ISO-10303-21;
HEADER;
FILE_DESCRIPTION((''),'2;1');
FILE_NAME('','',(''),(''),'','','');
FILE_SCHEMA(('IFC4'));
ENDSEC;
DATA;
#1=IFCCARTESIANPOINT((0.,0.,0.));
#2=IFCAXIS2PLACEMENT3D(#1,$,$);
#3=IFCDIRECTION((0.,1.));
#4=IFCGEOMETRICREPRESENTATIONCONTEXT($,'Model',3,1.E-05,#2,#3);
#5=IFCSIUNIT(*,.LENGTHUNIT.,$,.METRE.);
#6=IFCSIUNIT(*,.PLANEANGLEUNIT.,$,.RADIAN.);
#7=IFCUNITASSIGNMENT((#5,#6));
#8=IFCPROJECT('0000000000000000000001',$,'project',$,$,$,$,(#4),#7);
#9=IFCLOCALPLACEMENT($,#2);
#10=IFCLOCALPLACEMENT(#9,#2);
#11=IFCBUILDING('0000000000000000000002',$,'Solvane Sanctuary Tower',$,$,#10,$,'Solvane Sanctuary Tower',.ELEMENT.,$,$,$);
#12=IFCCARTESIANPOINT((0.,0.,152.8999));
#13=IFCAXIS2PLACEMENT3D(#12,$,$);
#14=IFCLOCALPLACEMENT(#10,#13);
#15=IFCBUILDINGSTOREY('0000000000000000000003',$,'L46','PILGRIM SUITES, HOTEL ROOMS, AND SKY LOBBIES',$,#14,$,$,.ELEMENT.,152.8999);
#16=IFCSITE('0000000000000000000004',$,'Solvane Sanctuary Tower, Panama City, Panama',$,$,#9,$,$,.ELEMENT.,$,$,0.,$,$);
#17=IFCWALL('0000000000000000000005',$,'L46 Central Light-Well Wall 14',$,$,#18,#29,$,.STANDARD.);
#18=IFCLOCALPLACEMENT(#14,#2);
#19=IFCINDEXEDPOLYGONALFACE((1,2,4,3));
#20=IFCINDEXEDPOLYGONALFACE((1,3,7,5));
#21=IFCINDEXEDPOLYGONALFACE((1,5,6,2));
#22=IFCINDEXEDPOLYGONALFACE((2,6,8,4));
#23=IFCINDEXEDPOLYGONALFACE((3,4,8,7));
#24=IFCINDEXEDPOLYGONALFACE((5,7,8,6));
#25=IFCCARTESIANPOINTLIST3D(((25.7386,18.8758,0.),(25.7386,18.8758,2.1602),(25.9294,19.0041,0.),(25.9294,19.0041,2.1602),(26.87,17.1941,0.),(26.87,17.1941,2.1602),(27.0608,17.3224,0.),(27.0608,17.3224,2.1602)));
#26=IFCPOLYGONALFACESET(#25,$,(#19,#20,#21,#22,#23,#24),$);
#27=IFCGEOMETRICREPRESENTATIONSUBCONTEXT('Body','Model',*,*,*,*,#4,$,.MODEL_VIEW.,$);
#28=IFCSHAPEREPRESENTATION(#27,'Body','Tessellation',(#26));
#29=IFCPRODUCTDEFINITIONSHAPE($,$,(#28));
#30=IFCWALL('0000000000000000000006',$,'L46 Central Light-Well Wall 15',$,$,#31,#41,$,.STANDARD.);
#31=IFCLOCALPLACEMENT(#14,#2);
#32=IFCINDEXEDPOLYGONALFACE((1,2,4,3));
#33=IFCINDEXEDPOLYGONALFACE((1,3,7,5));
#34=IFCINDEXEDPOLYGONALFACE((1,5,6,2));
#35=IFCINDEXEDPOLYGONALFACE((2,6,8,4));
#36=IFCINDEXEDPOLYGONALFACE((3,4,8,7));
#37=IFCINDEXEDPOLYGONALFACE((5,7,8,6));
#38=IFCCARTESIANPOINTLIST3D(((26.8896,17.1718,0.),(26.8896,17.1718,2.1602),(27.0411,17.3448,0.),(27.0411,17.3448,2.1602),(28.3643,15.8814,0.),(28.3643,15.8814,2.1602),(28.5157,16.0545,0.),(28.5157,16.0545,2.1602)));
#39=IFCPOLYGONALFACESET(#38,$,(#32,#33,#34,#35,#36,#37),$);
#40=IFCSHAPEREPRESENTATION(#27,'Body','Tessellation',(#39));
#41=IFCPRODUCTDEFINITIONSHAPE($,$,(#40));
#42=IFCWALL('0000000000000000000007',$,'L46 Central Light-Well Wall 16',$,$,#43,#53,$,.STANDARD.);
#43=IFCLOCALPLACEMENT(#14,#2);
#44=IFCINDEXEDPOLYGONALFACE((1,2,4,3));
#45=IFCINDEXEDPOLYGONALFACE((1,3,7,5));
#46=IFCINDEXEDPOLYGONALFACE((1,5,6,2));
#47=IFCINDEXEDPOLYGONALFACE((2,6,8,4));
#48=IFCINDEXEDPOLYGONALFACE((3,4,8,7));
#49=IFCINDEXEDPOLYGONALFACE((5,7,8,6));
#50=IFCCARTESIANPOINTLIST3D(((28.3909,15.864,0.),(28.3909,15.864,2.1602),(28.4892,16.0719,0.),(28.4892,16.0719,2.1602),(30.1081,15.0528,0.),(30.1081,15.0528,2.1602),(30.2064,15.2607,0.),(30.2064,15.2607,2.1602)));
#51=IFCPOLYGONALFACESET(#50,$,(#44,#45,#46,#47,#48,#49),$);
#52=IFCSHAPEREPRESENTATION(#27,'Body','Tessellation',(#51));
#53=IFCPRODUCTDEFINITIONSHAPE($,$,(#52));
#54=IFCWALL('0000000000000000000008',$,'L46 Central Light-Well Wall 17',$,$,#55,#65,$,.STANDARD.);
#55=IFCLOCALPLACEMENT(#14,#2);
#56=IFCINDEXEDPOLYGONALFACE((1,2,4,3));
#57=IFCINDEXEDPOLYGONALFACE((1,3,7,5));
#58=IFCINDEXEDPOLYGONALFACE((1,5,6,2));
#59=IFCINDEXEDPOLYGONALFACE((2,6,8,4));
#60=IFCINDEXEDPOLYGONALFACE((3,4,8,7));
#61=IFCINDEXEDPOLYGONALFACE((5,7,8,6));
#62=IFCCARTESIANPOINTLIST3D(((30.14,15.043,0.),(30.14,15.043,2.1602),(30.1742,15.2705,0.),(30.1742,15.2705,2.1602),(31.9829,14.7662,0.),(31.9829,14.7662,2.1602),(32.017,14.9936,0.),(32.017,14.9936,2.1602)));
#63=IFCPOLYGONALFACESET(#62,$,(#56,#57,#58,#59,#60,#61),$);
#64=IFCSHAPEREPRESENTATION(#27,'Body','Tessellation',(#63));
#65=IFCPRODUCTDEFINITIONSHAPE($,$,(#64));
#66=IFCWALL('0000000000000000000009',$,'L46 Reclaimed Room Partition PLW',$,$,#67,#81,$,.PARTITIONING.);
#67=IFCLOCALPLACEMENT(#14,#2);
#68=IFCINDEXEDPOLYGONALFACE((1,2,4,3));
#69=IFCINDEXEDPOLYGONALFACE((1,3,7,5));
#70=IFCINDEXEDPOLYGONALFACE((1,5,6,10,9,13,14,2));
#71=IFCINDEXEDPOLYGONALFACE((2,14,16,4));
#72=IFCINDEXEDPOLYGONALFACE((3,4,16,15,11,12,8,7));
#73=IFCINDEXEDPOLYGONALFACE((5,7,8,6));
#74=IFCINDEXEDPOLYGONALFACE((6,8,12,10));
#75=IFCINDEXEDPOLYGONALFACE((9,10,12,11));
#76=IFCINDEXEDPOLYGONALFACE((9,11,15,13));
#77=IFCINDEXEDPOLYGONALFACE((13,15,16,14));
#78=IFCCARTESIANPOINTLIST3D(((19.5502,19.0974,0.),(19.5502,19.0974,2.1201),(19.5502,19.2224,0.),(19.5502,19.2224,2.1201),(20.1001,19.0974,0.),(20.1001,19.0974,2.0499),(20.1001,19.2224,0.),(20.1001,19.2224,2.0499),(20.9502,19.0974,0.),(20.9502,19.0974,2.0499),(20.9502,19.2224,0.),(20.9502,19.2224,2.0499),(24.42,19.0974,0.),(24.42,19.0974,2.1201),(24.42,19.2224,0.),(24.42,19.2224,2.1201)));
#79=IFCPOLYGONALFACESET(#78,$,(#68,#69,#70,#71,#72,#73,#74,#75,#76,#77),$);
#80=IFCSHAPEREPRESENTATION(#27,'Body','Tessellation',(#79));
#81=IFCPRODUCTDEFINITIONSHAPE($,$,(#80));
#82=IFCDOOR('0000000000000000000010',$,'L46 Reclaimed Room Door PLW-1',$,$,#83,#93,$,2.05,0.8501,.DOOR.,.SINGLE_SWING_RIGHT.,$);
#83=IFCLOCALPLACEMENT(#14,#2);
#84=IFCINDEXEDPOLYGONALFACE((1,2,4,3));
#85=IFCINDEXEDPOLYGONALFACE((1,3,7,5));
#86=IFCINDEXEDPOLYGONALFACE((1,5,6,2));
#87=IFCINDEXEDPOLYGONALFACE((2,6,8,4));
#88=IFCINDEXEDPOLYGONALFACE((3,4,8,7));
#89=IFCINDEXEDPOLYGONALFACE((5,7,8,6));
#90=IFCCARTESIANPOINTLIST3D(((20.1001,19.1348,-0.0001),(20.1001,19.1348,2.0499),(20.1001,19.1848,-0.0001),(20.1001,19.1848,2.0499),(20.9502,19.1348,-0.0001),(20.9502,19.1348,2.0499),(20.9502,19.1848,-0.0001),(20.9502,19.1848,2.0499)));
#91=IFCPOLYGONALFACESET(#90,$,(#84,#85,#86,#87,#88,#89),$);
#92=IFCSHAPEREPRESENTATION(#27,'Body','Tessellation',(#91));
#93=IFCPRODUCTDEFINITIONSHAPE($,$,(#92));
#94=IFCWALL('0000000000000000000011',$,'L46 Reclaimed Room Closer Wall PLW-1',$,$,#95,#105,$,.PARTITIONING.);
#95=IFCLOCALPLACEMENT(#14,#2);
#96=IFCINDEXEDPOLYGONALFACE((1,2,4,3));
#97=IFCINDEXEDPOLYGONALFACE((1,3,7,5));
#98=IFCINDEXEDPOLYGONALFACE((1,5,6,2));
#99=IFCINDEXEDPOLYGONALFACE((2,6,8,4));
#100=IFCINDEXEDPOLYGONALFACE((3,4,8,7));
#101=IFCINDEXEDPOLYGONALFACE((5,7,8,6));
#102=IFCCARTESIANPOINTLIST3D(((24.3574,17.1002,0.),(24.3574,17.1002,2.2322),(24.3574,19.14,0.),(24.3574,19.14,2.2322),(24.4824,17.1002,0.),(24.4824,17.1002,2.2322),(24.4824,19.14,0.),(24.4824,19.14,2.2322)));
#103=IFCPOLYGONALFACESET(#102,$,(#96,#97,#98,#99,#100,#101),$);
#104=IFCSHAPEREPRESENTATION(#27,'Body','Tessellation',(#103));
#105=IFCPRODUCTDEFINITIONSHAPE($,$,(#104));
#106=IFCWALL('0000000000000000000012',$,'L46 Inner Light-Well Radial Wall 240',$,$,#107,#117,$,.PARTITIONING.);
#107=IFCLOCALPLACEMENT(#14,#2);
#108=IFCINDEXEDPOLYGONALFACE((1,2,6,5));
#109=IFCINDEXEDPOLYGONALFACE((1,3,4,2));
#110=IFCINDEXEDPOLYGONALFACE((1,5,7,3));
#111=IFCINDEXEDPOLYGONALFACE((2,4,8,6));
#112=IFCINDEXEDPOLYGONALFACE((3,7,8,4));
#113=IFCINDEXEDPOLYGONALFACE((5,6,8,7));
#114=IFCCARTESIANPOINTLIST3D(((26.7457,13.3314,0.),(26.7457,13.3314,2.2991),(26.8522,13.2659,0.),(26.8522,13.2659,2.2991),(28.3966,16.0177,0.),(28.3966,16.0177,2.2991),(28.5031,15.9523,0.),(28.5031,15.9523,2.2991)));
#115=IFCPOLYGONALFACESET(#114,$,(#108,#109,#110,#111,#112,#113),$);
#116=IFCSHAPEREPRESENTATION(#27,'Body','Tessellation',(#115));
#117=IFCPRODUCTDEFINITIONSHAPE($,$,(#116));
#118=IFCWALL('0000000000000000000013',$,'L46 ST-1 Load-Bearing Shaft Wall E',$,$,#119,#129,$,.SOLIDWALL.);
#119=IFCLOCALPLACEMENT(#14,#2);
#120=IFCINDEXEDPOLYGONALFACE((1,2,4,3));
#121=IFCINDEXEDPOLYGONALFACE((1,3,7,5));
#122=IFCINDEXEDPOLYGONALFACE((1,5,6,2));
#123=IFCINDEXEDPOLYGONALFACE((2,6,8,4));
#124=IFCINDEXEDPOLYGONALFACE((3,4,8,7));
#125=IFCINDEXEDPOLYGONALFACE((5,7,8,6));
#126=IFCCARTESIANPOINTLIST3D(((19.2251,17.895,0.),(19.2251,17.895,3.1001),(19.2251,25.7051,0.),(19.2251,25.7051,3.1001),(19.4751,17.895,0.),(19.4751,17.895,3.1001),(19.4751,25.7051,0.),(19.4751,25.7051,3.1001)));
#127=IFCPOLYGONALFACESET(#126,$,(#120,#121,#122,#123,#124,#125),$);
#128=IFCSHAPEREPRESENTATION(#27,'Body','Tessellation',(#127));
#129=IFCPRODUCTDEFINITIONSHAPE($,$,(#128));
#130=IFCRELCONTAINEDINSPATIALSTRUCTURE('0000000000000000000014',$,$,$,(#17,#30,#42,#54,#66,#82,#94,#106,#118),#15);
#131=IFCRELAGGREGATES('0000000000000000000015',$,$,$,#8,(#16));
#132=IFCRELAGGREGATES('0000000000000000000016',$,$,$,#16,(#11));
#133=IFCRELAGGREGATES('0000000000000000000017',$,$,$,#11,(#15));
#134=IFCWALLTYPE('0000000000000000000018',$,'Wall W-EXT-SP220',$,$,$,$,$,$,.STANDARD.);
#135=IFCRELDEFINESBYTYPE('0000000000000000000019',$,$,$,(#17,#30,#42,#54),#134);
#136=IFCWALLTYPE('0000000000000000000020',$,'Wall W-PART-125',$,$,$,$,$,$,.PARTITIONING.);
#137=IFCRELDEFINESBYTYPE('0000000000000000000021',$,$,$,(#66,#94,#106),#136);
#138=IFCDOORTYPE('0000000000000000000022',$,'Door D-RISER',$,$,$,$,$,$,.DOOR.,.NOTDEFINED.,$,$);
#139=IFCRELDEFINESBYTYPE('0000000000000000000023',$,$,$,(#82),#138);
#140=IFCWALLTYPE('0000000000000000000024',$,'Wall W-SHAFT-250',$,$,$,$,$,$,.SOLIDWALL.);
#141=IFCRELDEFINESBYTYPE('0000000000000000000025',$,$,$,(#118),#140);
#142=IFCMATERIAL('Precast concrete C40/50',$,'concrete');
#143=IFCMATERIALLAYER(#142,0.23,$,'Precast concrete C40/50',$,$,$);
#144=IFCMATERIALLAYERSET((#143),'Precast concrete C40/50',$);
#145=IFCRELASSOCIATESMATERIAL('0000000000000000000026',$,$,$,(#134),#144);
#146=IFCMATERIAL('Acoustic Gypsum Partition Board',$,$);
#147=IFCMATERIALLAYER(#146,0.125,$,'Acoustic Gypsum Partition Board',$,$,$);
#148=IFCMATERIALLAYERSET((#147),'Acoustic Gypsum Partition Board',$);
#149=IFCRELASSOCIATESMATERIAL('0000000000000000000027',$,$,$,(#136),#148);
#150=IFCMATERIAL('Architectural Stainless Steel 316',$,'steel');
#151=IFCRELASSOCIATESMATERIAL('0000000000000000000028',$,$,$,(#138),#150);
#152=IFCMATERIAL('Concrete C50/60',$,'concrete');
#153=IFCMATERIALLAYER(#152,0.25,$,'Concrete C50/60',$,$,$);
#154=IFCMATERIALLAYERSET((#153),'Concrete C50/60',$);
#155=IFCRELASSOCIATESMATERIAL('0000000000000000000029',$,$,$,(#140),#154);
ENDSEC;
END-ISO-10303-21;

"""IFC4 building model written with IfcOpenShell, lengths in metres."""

from ifc_helpers import new_model, si_unit, direction, frame, frame_2d, origin, place, context, subcontext, project, spatial, rectangle, extrude, material, layer, layer_set, type_object, element, fill, save


model = new_model("IFC4")

# Units and contexts
model_context = context("Model", 3, precision=1e-05, world=origin(), true_north=direction((0.0, 1.0)))
body_context = subcontext(model_context, "Body", "Model", "MODEL_VIEW")
ifc_project = project(units=[si_unit("LENGTHUNIT", "METRE"), si_unit("PLANEANGLEUNIT", "RADIAN")], contexts=[model_context])

# Site, building, storey
site_placement = place(None, origin())
site = spatial("IfcSite", under=ifc_project, at=site_placement, Name="Solvane Sanctuary Tower, Panama City, Panama", CompositionType="ELEMENT", RefElevation=0.0)
building_placement = place(site_placement, origin())
building = spatial("IfcBuilding", under=site, at=building_placement, Name="Solvane Sanctuary Tower", LongName="Solvane Sanctuary Tower", CompositionType="ELEMENT")
storey_placement = place(building_placement, frame((0.0, 0.0, 152.8999)))
storey = spatial("IfcBuildingStorey", under=building, at=storey_placement, Name="L46", Description="PILGRIM SUITES, HOTEL ROOMS, AND SKY LOBBIES", CompositionType="ELEMENT", Elevation=152.8999)

# Shared definitions
ifc_material_1 = material(Name="Concrete C50/60", Category="concrete")

# Shared definitions
ifc_material_2 = material(Name="Precast concrete C40/50", Category="concrete")
ifc_layer_1 = layer(ifc_material_2, 0.23, Name="Precast concrete C40/50")
ifc_layer_set_1 = layer_set([ifc_layer_1], Name="Precast concrete C40/50")
wall_type_1 = type_object("IfcWallType", Name="Wall W-EXT-SP220", PredefinedType="STANDARD", material=ifc_layer_set_1)

# Walls
wall_1_placement = place(storey_placement, frame((25.834, 18.9399, 0.0), z_axis=(0.0, 0.0, 1.0), x_axis=(0.558198, -0.829708, 0.0)))
element("IfcWall", 1, at=wall_1_placement, inside=storey, type_object=wall_type_1, Name="L46 Central Light-Well Wall 14", PredefinedType="STANDARD", context=body_context, shape_type="SweptSolid", body=[
    extrude(rectangle(XDim=2.0269, YDim=0.23, at=frame_2d((1.0134, 0.0))), origin(), (0.0, 0.0, 1.0), 2.1602),
])
wall_2_placement = place(storey_placement, frame((26.9653, 17.2583, 0.0), z_axis=(0.0, 0.0, 1.0), x_axis=(0.752577, -0.658505, 0.0)))
element("IfcWall", 2, at=wall_2_placement, inside=storey, type_object=wall_type_1, Name="L46 Central Light-Well Wall 15", PredefinedType="STANDARD", context=body_context, shape_type="SweptSolid", body=[
    extrude(rectangle(XDim=1.9595, YDim=0.23, at=frame_2d((0.9797, 0.0))), origin(), (0.0, 0.0, 1.0), 2.1602),
])
wall_3_placement = place(storey_placement, frame((28.4399, 15.968, 0.0), z_axis=(0.0, 0.0, 1.0), x_axis=(0.90418, -0.427152, 0.0)))
element("IfcWall", 3, at=wall_3_placement, inside=storey, type_object=wall_type_1, Name="L46 Central Light-Well Wall 16", PredefinedType="STANDARD", context=body_context, shape_type="SweptSolid", body=[
    extrude(rectangle(XDim=1.8992, YDim=0.23, at=frame_2d((0.9497, 0.0))), origin(), (0.0, 0.0, 1.0), 2.1602),
])
wall_4_placement = place(storey_placement, frame((30.1572, 15.1567, 0.0), z_axis=(0.0, 0.0, 1.0), x_axis=(0.988902, -0.148571, 0.0)))
element("IfcWall", 4, at=wall_4_placement, inside=storey, type_object=wall_type_1, Name="L46 Central Light-Well Wall 17", PredefinedType="STANDARD", context=body_context, shape_type="SweptSolid", body=[
    extrude(rectangle(XDim=1.8635, YDim=0.23, at=frame_2d((0.9316, 0.0))), origin(), (0.0, 0.0, 1.0), 2.1602),
])

# Wall, opening, door
ifc_material_3 = material(Name="Acoustic Gypsum Partition Board")
ifc_layer_2 = layer(ifc_material_3, 0.125, Name="Acoustic Gypsum Partition Board")
ifc_layer_set_2 = layer_set([ifc_layer_2], Name="Acoustic Gypsum Partition Board")
wall_type_2 = type_object("IfcWallType", Name="Wall W-PART-125", PredefinedType="PARTITIONING", material=ifc_layer_set_2)
wall_5_placement = place(storey_placement, frame((19.55, 19.1599, 0.0), z_axis=(0.0, 0.0, 1.0), x_axis=(1.0, 0.0, 0.0)))
wall_5 = element("IfcWall", 5, at=wall_5_placement, inside=storey, type_object=wall_type_2, Name="L46 Reclaimed Room Partition PLW", PredefinedType="PARTITIONING", context=body_context, shape_type="SweptSolid", body=[
    extrude(rectangle(XDim=4.8699, YDim=0.125, at=frame_2d((2.4351, 0.0))), origin(), (0.0, 0.0, 1.0), 2.1201),
])
opening_1_placement = place(wall_5_placement, frame((0.55, 0.0, 0.0)))
opening_1 = element("IfcOpeningElement", 6, at=opening_1_placement, cuts=wall_5, PredefinedType="OPENING", context=body_context, shape_type="SweptSolid", body=[
    extrude(rectangle(XDim=0.8501, YDim=2.05, at=frame_2d((0.425, 1.0249))), frame((0.0, 0.0725, 0.0), z_axis=(0.0, -1.0, 0.0), x_axis=(1.0, 0.0, 0.0)), (0.0, 0.0, 1.0), 0.145),
])
ifc_material_4 = material(Name="Architectural Stainless Steel 316", Category="steel")
door_type = type_object("IfcDoorType", Name="Door D-RISER", OperationType="NOTDEFINED", PredefinedType="DOOR", material=ifc_material_4)
door_placement = place(opening_1_placement, origin())
door = element("IfcDoor", 7, at=door_placement, inside=storey, type_object=door_type, Name="L46 Reclaimed Room Door PLW-1", OperationType="SINGLE_SWING_RIGHT", OverallHeight=2.05, OverallWidth=0.8501, PredefinedType="DOOR", context=body_context, shape_type="SweptSolid", body=[
    extrude(rectangle(XDim=0.8501, YDim=2.05, at=frame_2d((0.425, 1.0249))), frame((0.0, 0.0249, 0.0), z_axis=(0.0, -1.0, 0.0), x_axis=(1.0, 0.0, 0.0)), (0.0, 0.0, 1.0), 0.05),
])
fill(opening_1, door)

# Walls
wall_6_placement = place(storey_placement, frame((24.4199, 17.1001, 0.0), z_axis=(0.0, 0.0, 1.0), x_axis=(0.0, 1.0, 0.0)))
element("IfcWall", 8, at=wall_6_placement, inside=storey, type_object=wall_type_2, Name="L46 Reclaimed Room Closer Wall PLW-1", PredefinedType="PARTITIONING", context=body_context, shape_type="SweptSolid", body=[
    extrude(rectangle(XDim=2.0398, YDim=0.125, at=frame_2d((1.02, 0.0))), origin(), (0.0, 0.0, 1.0), 2.2322),
])
wall_7_placement = place(storey_placement, frame((28.45, 15.9851, 0.0), z_axis=(0.0, 0.0, 1.0), x_axis=(-0.523588, -0.851972, 0.0)))
element("IfcWall", 9, at=wall_7_placement, inside=storey, type_object=wall_type_2, Name="L46 Inner Light-Well Radial Wall 240", PredefinedType="PARTITIONING", context=body_context, shape_type="SweptSolid", body=[
    extrude(rectangle(XDim=3.1531, YDim=0.125, at=frame_2d((1.5767, 0.0))), origin(), (0.0, 0.0, 1.0), 2.2991),
])
ifc_layer_3 = layer(ifc_material_1, 0.25, Name="Concrete C50/60")
ifc_layer_set_3 = layer_set([ifc_layer_3], Name="Concrete C50/60")
wall_type_3 = type_object("IfcWallType", Name="Wall W-SHAFT-250", PredefinedType="SOLIDWALL", material=ifc_layer_set_3)
wall_8_placement = place(storey_placement, frame((19.3501, 17.895, 0.0), z_axis=(0.0, 0.0, 1.0), x_axis=(0.0, 1.0, 0.0)))
element("IfcWall", 10, at=wall_8_placement, inside=storey, type_object=wall_type_3, Name="L46 ST-1 Load-Bearing Shaft Wall E", PredefinedType="SOLIDWALL", context=body_context, shape_type="SweptSolid", body=[
    extrude(rectangle(XDim=7.8101, YDim=0.25, at=frame_2d((3.905, 0.0))), origin(), (0.0, 0.0, 1.0), 3.1001),
])

save(model, "model.ifc")
